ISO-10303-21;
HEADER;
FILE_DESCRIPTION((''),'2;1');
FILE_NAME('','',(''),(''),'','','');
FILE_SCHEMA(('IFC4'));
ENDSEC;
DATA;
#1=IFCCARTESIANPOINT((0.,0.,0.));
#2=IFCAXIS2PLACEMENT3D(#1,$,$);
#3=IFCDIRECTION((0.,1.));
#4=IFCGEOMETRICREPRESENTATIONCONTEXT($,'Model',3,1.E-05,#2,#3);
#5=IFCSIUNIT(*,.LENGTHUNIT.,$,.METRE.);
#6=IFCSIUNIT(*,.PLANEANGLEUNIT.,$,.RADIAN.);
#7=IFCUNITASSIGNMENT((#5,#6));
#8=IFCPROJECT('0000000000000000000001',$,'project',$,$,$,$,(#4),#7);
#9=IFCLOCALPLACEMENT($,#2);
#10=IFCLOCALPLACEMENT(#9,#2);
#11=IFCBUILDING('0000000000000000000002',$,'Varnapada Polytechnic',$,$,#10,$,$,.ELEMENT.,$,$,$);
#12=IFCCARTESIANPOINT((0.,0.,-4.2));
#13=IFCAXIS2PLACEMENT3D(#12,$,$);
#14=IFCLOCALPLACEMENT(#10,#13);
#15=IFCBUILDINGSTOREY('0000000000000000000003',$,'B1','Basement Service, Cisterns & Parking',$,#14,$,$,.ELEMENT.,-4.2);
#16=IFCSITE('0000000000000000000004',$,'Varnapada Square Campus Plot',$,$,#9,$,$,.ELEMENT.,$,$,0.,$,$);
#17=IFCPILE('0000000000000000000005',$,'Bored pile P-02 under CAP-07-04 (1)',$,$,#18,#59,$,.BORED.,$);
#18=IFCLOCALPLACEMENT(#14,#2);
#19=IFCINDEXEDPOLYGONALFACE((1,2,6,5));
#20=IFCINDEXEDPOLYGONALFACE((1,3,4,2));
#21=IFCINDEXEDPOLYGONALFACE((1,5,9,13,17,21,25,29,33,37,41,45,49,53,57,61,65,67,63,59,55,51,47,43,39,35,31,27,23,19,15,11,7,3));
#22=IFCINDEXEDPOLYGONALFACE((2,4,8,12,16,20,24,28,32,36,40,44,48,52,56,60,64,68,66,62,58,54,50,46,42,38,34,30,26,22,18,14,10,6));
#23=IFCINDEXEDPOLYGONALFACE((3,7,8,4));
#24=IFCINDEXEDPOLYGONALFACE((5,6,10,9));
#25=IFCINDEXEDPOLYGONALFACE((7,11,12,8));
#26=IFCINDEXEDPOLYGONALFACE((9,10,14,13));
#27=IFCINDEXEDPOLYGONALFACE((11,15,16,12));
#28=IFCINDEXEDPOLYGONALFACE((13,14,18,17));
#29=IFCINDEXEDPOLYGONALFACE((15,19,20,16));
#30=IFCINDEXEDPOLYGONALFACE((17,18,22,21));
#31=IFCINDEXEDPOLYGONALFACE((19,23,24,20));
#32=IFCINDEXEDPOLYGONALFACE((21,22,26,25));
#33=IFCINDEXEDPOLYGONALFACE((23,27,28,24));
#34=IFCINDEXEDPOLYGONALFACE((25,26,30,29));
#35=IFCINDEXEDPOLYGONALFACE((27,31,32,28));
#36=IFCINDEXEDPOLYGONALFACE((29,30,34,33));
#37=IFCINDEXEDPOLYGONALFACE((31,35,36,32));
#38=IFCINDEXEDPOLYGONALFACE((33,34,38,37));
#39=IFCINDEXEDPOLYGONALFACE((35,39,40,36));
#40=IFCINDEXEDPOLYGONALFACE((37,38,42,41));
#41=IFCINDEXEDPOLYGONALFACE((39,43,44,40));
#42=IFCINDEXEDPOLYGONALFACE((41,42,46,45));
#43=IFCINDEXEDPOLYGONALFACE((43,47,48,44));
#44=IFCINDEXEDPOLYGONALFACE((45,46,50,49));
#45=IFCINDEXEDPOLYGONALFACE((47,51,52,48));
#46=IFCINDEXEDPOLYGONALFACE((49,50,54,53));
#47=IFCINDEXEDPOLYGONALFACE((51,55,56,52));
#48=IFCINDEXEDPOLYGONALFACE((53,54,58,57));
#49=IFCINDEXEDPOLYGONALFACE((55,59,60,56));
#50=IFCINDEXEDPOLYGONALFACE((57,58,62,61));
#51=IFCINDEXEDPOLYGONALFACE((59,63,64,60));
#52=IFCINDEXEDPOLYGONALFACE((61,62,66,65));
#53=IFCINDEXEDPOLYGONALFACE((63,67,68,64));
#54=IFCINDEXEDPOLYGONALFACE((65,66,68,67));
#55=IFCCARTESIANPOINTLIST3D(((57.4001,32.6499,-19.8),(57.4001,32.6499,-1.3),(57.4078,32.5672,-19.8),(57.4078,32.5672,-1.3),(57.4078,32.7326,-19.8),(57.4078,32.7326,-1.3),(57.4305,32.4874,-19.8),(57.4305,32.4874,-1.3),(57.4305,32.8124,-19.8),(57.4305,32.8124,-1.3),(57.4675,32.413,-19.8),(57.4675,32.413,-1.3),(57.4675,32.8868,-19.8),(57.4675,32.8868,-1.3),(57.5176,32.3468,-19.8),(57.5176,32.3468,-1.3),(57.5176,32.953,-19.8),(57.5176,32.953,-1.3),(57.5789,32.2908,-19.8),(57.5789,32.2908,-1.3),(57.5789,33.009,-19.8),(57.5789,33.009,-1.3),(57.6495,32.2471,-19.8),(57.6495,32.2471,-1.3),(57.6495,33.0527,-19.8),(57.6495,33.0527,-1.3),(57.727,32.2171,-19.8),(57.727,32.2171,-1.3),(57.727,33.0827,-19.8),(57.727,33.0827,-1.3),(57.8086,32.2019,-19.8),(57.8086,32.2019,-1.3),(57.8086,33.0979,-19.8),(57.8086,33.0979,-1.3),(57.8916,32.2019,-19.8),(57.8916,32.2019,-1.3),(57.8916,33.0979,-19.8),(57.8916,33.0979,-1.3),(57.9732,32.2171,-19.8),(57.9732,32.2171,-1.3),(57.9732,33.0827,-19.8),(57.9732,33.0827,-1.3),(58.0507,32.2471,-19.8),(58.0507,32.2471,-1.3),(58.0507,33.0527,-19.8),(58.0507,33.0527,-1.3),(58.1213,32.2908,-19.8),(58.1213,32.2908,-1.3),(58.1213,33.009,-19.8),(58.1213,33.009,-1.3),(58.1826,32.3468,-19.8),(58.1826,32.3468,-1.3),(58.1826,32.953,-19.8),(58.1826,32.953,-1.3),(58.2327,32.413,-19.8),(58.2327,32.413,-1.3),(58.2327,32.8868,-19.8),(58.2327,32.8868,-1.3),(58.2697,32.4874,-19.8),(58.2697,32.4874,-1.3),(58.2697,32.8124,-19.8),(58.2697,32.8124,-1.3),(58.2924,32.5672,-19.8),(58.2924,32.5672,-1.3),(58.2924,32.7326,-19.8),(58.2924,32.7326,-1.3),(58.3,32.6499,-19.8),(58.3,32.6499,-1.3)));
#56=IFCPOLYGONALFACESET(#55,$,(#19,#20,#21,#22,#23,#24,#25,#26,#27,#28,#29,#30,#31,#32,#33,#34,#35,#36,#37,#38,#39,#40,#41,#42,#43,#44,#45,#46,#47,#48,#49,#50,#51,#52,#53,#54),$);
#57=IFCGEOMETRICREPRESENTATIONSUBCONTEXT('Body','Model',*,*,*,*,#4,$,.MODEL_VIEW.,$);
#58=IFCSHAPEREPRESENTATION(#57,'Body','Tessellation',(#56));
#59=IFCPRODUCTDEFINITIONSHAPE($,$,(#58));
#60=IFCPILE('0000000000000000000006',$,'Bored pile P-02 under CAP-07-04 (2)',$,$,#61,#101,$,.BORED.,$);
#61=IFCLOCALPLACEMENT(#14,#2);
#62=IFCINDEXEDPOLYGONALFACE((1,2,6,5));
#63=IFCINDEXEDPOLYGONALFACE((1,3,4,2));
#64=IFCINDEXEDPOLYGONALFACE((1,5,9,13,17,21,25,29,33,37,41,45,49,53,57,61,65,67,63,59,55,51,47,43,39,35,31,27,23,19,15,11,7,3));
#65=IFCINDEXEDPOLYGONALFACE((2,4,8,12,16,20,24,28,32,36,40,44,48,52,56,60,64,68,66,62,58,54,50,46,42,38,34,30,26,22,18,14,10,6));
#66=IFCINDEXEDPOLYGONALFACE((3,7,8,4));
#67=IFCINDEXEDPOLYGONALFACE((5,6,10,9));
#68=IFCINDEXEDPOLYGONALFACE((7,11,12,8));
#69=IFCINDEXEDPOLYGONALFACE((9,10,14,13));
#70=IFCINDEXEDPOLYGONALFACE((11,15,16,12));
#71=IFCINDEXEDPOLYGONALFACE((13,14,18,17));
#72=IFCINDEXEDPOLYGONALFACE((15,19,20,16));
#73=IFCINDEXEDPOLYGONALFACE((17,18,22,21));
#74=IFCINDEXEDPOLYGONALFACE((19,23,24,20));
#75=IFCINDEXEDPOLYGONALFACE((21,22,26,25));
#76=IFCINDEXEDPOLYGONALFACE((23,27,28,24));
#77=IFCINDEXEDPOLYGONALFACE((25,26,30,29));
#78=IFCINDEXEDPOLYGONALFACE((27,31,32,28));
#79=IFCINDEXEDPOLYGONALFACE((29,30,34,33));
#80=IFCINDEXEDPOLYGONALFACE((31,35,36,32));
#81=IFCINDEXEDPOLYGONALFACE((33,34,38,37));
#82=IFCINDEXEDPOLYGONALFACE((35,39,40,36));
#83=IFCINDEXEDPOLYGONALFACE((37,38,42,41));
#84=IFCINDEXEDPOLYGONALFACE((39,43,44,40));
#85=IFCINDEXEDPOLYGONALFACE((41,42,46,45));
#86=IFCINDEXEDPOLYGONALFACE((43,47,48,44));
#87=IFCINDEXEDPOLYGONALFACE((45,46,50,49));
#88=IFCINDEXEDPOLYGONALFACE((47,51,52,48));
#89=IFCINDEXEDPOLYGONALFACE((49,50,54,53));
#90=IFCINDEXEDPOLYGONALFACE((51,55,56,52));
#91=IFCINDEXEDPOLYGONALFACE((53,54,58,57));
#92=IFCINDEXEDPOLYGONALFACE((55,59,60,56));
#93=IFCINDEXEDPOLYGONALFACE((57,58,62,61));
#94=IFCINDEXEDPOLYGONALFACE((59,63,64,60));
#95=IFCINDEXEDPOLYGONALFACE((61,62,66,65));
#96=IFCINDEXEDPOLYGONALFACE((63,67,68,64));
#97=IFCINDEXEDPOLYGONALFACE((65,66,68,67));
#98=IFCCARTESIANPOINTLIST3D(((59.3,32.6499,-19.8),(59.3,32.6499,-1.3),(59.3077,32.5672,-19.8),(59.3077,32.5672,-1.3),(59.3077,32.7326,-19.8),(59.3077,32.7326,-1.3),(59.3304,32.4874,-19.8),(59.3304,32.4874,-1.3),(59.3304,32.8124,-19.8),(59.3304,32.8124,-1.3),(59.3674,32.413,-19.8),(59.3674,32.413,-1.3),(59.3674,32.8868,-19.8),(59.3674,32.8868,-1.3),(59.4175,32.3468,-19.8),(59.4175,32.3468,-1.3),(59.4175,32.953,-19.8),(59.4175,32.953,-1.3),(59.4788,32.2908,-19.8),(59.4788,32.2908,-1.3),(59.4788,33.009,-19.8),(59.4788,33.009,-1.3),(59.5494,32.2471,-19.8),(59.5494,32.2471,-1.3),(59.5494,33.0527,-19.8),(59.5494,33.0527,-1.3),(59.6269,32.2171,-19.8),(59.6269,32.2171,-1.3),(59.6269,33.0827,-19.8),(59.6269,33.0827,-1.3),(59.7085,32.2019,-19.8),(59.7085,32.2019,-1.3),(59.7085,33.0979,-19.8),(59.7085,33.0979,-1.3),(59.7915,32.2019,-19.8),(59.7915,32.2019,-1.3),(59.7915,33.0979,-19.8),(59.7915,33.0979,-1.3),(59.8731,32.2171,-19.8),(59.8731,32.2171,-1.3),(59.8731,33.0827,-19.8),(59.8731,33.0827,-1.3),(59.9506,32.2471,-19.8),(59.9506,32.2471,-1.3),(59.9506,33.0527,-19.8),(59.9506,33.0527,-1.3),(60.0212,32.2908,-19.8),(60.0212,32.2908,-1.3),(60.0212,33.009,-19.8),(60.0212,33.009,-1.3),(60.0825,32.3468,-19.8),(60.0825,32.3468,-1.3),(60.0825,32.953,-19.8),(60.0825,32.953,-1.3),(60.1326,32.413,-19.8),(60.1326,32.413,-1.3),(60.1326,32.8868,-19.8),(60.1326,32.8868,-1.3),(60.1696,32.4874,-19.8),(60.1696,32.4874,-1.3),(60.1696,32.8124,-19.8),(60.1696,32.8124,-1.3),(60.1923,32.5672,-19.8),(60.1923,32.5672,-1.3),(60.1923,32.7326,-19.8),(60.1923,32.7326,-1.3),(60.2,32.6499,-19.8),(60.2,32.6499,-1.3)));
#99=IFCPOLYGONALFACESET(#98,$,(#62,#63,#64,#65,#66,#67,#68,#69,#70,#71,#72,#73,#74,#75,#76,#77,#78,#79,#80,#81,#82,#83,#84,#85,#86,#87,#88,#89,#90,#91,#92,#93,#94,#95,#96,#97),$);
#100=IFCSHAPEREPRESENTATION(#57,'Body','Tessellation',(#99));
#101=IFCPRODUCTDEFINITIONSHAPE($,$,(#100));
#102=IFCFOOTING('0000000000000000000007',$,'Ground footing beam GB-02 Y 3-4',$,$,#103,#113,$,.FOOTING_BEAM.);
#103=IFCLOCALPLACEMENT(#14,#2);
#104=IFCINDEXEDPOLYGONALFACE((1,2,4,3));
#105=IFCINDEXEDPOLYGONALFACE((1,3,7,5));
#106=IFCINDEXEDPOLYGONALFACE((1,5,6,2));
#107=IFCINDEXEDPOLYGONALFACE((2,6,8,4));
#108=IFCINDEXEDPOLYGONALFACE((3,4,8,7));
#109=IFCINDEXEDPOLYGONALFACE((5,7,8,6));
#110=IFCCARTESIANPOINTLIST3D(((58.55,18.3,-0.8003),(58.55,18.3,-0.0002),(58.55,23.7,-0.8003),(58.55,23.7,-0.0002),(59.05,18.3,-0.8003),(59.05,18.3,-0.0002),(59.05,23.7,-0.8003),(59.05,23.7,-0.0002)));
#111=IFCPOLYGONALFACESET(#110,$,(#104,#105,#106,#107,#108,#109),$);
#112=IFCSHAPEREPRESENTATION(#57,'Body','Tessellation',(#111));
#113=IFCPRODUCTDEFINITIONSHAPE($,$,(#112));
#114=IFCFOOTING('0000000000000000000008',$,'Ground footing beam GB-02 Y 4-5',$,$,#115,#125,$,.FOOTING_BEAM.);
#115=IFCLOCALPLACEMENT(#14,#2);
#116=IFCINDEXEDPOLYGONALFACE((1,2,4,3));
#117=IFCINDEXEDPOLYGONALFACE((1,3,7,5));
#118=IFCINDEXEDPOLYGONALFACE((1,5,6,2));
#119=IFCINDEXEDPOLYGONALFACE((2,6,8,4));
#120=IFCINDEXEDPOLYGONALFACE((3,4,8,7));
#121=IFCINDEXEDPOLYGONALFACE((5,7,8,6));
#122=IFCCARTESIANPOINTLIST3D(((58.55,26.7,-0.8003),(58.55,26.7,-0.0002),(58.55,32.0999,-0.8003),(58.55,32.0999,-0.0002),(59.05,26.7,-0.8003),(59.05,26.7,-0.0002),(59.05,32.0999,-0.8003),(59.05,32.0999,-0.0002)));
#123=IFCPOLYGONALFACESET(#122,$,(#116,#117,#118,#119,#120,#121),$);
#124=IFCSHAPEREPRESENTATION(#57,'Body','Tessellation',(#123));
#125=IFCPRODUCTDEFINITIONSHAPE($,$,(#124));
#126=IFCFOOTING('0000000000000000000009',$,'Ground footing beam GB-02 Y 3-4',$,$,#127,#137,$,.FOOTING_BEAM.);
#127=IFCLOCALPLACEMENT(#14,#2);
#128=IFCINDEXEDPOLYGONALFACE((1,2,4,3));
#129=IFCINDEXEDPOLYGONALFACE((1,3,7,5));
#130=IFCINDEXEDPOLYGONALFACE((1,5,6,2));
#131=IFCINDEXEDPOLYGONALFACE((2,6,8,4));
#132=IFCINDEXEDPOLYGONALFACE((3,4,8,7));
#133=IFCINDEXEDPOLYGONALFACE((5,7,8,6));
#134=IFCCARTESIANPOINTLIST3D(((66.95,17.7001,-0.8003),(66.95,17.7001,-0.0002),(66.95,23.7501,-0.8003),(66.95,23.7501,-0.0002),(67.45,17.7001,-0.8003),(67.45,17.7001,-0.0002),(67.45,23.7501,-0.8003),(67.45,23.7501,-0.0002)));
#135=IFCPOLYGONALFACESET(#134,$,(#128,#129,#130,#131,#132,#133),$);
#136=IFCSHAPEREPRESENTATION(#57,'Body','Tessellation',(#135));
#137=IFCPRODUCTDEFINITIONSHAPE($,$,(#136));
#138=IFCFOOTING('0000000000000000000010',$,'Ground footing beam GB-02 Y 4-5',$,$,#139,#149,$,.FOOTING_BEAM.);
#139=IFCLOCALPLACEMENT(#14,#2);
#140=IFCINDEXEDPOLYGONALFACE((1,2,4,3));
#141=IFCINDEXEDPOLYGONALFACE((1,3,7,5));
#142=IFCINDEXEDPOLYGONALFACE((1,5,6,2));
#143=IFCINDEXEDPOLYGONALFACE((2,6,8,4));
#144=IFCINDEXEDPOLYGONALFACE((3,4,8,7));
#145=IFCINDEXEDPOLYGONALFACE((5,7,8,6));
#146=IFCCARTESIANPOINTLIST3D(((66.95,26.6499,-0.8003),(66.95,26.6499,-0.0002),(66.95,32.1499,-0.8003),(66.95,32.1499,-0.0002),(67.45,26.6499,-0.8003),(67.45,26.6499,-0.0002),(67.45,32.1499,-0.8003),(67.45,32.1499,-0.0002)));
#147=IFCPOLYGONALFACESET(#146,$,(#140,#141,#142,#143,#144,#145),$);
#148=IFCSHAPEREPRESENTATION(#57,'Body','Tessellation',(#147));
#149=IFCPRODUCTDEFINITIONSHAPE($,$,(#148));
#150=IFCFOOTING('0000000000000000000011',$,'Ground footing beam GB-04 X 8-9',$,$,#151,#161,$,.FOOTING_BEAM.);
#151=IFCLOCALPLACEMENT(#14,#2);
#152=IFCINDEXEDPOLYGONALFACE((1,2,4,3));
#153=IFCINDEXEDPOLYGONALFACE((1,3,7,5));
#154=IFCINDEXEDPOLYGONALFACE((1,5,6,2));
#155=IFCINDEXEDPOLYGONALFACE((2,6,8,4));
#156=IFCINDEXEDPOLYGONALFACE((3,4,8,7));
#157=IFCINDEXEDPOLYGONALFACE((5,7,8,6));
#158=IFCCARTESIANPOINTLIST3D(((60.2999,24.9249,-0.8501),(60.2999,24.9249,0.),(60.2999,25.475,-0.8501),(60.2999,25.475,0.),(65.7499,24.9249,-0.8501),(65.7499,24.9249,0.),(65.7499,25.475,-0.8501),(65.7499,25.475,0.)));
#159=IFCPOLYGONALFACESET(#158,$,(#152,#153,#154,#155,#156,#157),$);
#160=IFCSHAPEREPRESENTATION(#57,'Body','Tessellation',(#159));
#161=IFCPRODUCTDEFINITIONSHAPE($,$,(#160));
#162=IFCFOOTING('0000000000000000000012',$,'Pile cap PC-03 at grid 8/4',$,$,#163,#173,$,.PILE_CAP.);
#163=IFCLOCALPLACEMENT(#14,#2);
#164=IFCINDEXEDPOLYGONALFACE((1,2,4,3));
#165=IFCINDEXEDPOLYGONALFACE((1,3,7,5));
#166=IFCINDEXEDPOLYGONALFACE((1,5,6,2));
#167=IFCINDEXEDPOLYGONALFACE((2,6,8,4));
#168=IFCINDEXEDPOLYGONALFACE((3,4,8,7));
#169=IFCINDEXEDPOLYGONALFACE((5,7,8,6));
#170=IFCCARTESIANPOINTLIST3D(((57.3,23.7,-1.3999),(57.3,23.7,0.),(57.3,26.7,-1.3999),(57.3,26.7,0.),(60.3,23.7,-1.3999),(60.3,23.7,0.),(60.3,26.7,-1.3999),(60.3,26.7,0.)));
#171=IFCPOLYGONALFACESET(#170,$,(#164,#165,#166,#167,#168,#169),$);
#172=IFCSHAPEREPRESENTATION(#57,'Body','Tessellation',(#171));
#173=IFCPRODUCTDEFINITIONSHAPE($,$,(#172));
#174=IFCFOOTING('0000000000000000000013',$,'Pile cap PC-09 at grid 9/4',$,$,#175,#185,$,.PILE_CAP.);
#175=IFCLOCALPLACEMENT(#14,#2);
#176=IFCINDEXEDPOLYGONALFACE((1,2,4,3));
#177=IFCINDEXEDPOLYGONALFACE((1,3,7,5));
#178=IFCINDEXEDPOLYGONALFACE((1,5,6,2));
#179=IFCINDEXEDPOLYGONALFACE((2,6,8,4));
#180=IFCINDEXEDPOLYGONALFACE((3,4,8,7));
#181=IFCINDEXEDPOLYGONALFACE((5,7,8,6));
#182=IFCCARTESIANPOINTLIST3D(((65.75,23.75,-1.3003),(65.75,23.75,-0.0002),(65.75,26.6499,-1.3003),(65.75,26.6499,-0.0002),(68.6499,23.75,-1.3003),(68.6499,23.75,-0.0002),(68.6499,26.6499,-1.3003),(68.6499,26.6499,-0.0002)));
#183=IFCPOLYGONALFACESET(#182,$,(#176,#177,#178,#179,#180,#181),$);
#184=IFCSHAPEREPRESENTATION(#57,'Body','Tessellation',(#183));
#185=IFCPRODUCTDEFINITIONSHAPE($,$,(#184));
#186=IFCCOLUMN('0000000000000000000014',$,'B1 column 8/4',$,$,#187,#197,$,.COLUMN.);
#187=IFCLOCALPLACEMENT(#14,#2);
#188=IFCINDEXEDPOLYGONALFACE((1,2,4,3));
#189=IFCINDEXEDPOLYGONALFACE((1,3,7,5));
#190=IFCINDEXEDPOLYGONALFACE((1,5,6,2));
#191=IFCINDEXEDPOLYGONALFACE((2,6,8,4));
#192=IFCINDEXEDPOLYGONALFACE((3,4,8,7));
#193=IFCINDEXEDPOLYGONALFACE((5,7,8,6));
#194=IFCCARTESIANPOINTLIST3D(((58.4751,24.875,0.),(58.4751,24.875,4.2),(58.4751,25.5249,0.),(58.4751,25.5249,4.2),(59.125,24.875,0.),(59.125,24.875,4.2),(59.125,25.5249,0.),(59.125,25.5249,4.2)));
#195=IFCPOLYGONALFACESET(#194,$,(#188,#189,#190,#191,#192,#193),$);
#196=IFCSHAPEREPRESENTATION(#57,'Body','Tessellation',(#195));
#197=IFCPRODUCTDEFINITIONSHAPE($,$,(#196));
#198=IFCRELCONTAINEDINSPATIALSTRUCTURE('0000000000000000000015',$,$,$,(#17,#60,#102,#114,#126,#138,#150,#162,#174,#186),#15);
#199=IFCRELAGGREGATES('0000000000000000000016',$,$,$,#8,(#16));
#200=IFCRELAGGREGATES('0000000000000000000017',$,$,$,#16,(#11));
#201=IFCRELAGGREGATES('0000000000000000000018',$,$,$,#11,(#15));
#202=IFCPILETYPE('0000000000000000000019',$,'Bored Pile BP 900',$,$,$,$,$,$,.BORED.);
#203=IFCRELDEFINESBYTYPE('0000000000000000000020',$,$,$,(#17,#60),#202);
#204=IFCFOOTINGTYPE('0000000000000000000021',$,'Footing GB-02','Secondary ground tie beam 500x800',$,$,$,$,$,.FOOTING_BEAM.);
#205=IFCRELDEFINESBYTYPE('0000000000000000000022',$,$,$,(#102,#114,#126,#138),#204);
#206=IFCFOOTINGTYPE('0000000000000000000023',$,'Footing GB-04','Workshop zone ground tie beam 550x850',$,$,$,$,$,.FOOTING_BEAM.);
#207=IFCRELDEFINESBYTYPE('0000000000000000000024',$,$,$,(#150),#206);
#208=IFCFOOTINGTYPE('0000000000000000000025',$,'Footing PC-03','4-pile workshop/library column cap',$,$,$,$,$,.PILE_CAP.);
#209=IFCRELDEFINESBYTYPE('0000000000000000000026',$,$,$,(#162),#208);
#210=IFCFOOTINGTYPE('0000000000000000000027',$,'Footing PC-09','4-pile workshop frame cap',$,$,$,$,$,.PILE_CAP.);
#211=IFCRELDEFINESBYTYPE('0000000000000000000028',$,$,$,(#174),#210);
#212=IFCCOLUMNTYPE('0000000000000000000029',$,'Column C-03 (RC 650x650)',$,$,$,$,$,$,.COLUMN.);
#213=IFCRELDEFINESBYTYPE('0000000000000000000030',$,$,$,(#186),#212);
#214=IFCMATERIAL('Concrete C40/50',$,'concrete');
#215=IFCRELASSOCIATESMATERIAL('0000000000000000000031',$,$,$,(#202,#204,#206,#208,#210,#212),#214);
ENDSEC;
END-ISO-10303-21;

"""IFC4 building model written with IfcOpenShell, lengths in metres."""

from ifc_helpers import new_model, si_unit, direction, frame, origin, origin_2d, place, context, subcontext, project, spatial, rectangle, circle, extrude, material, material_profile, profile_set, type_object, element, save


model = new_model("IFC4")

# Units and contexts
model_context = context("Model", 3, precision=1e-05, world=origin(), true_north=direction((0.0, 1.0)))
body_context = subcontext(model_context, "Body", "Model", "MODEL_VIEW")
ifc_project = project(units=[si_unit("LENGTHUNIT", "METRE"), si_unit("PLANEANGLEUNIT", "RADIAN")], contexts=[model_context])

# Site, building, storey
site_placement = place(None, origin())
site = spatial("IfcSite", under=ifc_project, at=site_placement, Name="Varnapada Square Campus Plot", CompositionType="ELEMENT", RefElevation=0.0)
building_placement = place(site_placement, origin())
building = spatial("IfcBuilding", under=site, at=building_placement, Name="Varnapada Polytechnic", CompositionType="ELEMENT")
storey_placement = place(building_placement, frame((0.0, 0.0, -4.2)))
storey = spatial("IfcBuildingStorey", under=building, at=storey_placement, Name="B1", Description="Basement Service, Cisterns & Parking", CompositionType="ELEMENT", Elevation=-4.2)

# Piles
ifc_material_1 = material(Name="Concrete C40/50", Category="concrete")
ifc_material_profile_1 = material_profile(ifc_material_1, circle(Radius=0.45, at=origin_2d()), Name="BP 900")
ifc_profile_set_1 = profile_set([ifc_material_profile_1], Name="Concrete C40/50")
pile_type_1 = type_object("IfcPileType", Name="Bored Pile BP 900", PredefinedType="BORED", material=ifc_profile_set_1)
for number, where, z_axis, x_axis, name in (
    (1, (57.8501, 32.6499, -1.3), (0.0, 0.0, -1.0), (1.0, 0.0, 0.0), "Bored pile P-02 under CAP-07-04 (1)"),
    (2, (59.75, 32.6499, -1.3), (0.0, 0.0, -1.0), (1.0, 0.0, 0.0), "Bored pile P-02 under CAP-07-04 (2)"),
):
    element("IfcPile", number, at=place(storey_placement, frame(where, z_axis=z_axis, x_axis=x_axis)), inside=storey, type_object=pile_type_1, Name=name, PredefinedType="BORED", context=body_context, shape_type="SweptSolid", body=[
        extrude(circle(Radius=0.45, at=origin_2d()), origin(), (0.0, 0.0, 1.0), 18.5),
    ])

# Footings
footing_type_1 = type_object("IfcFootingType", Name="Footing GB-02", Description="Secondary ground tie beam 500x800", PredefinedType="FOOTING_BEAM", material=ifc_material_1)
for number, where, z_axis, x_axis, name in (
    (3, (58.8, 21.0, -0.8003), (0.0, 0.0, 1.0), (0.0, 1.0, 0.0), "Ground footing beam GB-02 Y 3-4"),
    (4, (58.8, 29.3999, -0.8003), (0.0, 0.0, 1.0), (0.0, 1.0, 0.0), "Ground footing beam GB-02 Y 4-5"),
):
    element("IfcFooting", number, at=place(storey_placement, frame(where, z_axis=z_axis, x_axis=x_axis)), inside=storey, type_object=footing_type_1, Name=name, PredefinedType="FOOTING_BEAM", context=body_context, shape_type="SweptSolid", body=[
        extrude(rectangle(XDim=5.3999, YDim=0.5, at=origin_2d()), origin(), (0.0, 0.0, 1.0), 0.8),
    ])
footing_1_placement = place(storey_placement, frame((67.2, 20.7251, -0.8003), z_axis=(0.0, 0.0, 1.0), x_axis=(0.0, 1.0, 0.0)))
element("IfcFooting", 5, at=footing_1_placement, inside=storey, type_object=footing_type_1, Name="Ground footing beam GB-02 Y 3-4", PredefinedType="FOOTING_BEAM", context=body_context, shape_type="SweptSolid", body=[
    extrude(rectangle(XDim=6.05, YDim=0.5, at=origin_2d()), origin(), (0.0, 0.0, 1.0), 0.8),
])
footing_2_placement = place(storey_placement, frame((67.2, 29.3999, -0.8003), z_axis=(0.0, 0.0, 1.0), x_axis=(0.0, 1.0, 0.0)))
element("IfcFooting", 6, at=footing_2_placement, inside=storey, type_object=footing_type_1, Name="Ground footing beam GB-02 Y 4-5", PredefinedType="FOOTING_BEAM", context=body_context, shape_type="SweptSolid", body=[
    extrude(rectangle(XDim=5.5, YDim=0.5, at=origin_2d()), origin(), (0.0, 0.0, 1.0), 0.8),
])
footing_type_2 = type_object("IfcFootingType", Name="Footing GB-04", Description="Workshop zone ground tie beam 550x850", PredefinedType="FOOTING_BEAM", material=ifc_material_1)
footing_3_placement = place(storey_placement, frame((63.0249, 25.2, -0.8501), z_axis=(0.0, 0.0, 1.0), x_axis=(1.0, 0.0, 0.0)))
element("IfcFooting", 7, at=footing_3_placement, inside=storey, type_object=footing_type_2, Name="Ground footing beam GB-04 X 8-9", PredefinedType="FOOTING_BEAM", context=body_context, shape_type="SweptSolid", body=[
    extrude(rectangle(XDim=5.45, YDim=0.55, at=origin_2d()), origin(), (0.0, 0.0, 1.0), 0.8501),
])
footing_type_3 = type_object("IfcFootingType", Name="Footing PC-03", Description="4-pile workshop/library column cap", PredefinedType="PILE_CAP", material=ifc_material_1)
footing_4_placement = place(storey_placement, frame((58.8, 25.2, -1.3999), z_axis=(0.0, 0.0, 1.0), x_axis=(1.0, 0.0, 0.0)))
element("IfcFooting", 8, at=footing_4_placement, inside=storey, type_object=footing_type_3, Name="Pile cap PC-03 at grid 8/4", PredefinedType="PILE_CAP", context=body_context, shape_type="SweptSolid", body=[
    extrude(rectangle(XDim=3.0, YDim=3.0, at=origin_2d()), origin(), (0.0, 0.0, 1.0), 1.3999),
])
footing_type_4 = type_object("IfcFootingType", Name="Footing PC-09", Description="4-pile workshop frame cap", PredefinedType="PILE_CAP", material=ifc_material_1)
footing_5_placement = place(storey_placement, frame((67.2, 25.2, -1.3003), z_axis=(0.0, 0.0, 1.0), x_axis=(1.0, 0.0, 0.0)))
element("IfcFooting", 9, at=footing_5_placement, inside=storey, type_object=footing_type_4, Name="Pile cap PC-09 at grid 9/4", PredefinedType="PILE_CAP", context=body_context, shape_type="SweptSolid", body=[
    extrude(rectangle(XDim=2.8999, YDim=2.8999, at=origin_2d()), origin(), (0.0, 0.0, 1.0), 1.3),
])

# Column
ifc_material_profile_2 = material_profile(ifc_material_1, rectangle(XDim=0.6499, YDim=0.6499, at=origin_2d()), Name="RC 650x650")
ifc_profile_set_2 = profile_set([ifc_material_profile_2], Name="Concrete C40/50")
column_type = type_object("IfcColumnType", Name="Column C-03 (RC 650x650)", PredefinedType="COLUMN", material=ifc_profile_set_2)
for number, where, z_axis, x_axis, name in (
    (10, (58.8, 25.2, 0.0), (0.0, 0.0, 1.0), (1.0, 0.0, 0.0), "B1 column 8/4"),
):
    element("IfcColumn", number, at=place(storey_placement, frame(where, z_axis=z_axis, x_axis=x_axis)), inside=storey, type_object=column_type, Name=name, PredefinedType="COLUMN", context=body_context, shape_type="SweptSolid", body=[
        extrude(rectangle(XDim=0.6499, YDim=0.6499, at=origin_2d()), origin(), (0.0, 0.0, 1.0), 4.2),
    ])

save(model, "model.ifc")
